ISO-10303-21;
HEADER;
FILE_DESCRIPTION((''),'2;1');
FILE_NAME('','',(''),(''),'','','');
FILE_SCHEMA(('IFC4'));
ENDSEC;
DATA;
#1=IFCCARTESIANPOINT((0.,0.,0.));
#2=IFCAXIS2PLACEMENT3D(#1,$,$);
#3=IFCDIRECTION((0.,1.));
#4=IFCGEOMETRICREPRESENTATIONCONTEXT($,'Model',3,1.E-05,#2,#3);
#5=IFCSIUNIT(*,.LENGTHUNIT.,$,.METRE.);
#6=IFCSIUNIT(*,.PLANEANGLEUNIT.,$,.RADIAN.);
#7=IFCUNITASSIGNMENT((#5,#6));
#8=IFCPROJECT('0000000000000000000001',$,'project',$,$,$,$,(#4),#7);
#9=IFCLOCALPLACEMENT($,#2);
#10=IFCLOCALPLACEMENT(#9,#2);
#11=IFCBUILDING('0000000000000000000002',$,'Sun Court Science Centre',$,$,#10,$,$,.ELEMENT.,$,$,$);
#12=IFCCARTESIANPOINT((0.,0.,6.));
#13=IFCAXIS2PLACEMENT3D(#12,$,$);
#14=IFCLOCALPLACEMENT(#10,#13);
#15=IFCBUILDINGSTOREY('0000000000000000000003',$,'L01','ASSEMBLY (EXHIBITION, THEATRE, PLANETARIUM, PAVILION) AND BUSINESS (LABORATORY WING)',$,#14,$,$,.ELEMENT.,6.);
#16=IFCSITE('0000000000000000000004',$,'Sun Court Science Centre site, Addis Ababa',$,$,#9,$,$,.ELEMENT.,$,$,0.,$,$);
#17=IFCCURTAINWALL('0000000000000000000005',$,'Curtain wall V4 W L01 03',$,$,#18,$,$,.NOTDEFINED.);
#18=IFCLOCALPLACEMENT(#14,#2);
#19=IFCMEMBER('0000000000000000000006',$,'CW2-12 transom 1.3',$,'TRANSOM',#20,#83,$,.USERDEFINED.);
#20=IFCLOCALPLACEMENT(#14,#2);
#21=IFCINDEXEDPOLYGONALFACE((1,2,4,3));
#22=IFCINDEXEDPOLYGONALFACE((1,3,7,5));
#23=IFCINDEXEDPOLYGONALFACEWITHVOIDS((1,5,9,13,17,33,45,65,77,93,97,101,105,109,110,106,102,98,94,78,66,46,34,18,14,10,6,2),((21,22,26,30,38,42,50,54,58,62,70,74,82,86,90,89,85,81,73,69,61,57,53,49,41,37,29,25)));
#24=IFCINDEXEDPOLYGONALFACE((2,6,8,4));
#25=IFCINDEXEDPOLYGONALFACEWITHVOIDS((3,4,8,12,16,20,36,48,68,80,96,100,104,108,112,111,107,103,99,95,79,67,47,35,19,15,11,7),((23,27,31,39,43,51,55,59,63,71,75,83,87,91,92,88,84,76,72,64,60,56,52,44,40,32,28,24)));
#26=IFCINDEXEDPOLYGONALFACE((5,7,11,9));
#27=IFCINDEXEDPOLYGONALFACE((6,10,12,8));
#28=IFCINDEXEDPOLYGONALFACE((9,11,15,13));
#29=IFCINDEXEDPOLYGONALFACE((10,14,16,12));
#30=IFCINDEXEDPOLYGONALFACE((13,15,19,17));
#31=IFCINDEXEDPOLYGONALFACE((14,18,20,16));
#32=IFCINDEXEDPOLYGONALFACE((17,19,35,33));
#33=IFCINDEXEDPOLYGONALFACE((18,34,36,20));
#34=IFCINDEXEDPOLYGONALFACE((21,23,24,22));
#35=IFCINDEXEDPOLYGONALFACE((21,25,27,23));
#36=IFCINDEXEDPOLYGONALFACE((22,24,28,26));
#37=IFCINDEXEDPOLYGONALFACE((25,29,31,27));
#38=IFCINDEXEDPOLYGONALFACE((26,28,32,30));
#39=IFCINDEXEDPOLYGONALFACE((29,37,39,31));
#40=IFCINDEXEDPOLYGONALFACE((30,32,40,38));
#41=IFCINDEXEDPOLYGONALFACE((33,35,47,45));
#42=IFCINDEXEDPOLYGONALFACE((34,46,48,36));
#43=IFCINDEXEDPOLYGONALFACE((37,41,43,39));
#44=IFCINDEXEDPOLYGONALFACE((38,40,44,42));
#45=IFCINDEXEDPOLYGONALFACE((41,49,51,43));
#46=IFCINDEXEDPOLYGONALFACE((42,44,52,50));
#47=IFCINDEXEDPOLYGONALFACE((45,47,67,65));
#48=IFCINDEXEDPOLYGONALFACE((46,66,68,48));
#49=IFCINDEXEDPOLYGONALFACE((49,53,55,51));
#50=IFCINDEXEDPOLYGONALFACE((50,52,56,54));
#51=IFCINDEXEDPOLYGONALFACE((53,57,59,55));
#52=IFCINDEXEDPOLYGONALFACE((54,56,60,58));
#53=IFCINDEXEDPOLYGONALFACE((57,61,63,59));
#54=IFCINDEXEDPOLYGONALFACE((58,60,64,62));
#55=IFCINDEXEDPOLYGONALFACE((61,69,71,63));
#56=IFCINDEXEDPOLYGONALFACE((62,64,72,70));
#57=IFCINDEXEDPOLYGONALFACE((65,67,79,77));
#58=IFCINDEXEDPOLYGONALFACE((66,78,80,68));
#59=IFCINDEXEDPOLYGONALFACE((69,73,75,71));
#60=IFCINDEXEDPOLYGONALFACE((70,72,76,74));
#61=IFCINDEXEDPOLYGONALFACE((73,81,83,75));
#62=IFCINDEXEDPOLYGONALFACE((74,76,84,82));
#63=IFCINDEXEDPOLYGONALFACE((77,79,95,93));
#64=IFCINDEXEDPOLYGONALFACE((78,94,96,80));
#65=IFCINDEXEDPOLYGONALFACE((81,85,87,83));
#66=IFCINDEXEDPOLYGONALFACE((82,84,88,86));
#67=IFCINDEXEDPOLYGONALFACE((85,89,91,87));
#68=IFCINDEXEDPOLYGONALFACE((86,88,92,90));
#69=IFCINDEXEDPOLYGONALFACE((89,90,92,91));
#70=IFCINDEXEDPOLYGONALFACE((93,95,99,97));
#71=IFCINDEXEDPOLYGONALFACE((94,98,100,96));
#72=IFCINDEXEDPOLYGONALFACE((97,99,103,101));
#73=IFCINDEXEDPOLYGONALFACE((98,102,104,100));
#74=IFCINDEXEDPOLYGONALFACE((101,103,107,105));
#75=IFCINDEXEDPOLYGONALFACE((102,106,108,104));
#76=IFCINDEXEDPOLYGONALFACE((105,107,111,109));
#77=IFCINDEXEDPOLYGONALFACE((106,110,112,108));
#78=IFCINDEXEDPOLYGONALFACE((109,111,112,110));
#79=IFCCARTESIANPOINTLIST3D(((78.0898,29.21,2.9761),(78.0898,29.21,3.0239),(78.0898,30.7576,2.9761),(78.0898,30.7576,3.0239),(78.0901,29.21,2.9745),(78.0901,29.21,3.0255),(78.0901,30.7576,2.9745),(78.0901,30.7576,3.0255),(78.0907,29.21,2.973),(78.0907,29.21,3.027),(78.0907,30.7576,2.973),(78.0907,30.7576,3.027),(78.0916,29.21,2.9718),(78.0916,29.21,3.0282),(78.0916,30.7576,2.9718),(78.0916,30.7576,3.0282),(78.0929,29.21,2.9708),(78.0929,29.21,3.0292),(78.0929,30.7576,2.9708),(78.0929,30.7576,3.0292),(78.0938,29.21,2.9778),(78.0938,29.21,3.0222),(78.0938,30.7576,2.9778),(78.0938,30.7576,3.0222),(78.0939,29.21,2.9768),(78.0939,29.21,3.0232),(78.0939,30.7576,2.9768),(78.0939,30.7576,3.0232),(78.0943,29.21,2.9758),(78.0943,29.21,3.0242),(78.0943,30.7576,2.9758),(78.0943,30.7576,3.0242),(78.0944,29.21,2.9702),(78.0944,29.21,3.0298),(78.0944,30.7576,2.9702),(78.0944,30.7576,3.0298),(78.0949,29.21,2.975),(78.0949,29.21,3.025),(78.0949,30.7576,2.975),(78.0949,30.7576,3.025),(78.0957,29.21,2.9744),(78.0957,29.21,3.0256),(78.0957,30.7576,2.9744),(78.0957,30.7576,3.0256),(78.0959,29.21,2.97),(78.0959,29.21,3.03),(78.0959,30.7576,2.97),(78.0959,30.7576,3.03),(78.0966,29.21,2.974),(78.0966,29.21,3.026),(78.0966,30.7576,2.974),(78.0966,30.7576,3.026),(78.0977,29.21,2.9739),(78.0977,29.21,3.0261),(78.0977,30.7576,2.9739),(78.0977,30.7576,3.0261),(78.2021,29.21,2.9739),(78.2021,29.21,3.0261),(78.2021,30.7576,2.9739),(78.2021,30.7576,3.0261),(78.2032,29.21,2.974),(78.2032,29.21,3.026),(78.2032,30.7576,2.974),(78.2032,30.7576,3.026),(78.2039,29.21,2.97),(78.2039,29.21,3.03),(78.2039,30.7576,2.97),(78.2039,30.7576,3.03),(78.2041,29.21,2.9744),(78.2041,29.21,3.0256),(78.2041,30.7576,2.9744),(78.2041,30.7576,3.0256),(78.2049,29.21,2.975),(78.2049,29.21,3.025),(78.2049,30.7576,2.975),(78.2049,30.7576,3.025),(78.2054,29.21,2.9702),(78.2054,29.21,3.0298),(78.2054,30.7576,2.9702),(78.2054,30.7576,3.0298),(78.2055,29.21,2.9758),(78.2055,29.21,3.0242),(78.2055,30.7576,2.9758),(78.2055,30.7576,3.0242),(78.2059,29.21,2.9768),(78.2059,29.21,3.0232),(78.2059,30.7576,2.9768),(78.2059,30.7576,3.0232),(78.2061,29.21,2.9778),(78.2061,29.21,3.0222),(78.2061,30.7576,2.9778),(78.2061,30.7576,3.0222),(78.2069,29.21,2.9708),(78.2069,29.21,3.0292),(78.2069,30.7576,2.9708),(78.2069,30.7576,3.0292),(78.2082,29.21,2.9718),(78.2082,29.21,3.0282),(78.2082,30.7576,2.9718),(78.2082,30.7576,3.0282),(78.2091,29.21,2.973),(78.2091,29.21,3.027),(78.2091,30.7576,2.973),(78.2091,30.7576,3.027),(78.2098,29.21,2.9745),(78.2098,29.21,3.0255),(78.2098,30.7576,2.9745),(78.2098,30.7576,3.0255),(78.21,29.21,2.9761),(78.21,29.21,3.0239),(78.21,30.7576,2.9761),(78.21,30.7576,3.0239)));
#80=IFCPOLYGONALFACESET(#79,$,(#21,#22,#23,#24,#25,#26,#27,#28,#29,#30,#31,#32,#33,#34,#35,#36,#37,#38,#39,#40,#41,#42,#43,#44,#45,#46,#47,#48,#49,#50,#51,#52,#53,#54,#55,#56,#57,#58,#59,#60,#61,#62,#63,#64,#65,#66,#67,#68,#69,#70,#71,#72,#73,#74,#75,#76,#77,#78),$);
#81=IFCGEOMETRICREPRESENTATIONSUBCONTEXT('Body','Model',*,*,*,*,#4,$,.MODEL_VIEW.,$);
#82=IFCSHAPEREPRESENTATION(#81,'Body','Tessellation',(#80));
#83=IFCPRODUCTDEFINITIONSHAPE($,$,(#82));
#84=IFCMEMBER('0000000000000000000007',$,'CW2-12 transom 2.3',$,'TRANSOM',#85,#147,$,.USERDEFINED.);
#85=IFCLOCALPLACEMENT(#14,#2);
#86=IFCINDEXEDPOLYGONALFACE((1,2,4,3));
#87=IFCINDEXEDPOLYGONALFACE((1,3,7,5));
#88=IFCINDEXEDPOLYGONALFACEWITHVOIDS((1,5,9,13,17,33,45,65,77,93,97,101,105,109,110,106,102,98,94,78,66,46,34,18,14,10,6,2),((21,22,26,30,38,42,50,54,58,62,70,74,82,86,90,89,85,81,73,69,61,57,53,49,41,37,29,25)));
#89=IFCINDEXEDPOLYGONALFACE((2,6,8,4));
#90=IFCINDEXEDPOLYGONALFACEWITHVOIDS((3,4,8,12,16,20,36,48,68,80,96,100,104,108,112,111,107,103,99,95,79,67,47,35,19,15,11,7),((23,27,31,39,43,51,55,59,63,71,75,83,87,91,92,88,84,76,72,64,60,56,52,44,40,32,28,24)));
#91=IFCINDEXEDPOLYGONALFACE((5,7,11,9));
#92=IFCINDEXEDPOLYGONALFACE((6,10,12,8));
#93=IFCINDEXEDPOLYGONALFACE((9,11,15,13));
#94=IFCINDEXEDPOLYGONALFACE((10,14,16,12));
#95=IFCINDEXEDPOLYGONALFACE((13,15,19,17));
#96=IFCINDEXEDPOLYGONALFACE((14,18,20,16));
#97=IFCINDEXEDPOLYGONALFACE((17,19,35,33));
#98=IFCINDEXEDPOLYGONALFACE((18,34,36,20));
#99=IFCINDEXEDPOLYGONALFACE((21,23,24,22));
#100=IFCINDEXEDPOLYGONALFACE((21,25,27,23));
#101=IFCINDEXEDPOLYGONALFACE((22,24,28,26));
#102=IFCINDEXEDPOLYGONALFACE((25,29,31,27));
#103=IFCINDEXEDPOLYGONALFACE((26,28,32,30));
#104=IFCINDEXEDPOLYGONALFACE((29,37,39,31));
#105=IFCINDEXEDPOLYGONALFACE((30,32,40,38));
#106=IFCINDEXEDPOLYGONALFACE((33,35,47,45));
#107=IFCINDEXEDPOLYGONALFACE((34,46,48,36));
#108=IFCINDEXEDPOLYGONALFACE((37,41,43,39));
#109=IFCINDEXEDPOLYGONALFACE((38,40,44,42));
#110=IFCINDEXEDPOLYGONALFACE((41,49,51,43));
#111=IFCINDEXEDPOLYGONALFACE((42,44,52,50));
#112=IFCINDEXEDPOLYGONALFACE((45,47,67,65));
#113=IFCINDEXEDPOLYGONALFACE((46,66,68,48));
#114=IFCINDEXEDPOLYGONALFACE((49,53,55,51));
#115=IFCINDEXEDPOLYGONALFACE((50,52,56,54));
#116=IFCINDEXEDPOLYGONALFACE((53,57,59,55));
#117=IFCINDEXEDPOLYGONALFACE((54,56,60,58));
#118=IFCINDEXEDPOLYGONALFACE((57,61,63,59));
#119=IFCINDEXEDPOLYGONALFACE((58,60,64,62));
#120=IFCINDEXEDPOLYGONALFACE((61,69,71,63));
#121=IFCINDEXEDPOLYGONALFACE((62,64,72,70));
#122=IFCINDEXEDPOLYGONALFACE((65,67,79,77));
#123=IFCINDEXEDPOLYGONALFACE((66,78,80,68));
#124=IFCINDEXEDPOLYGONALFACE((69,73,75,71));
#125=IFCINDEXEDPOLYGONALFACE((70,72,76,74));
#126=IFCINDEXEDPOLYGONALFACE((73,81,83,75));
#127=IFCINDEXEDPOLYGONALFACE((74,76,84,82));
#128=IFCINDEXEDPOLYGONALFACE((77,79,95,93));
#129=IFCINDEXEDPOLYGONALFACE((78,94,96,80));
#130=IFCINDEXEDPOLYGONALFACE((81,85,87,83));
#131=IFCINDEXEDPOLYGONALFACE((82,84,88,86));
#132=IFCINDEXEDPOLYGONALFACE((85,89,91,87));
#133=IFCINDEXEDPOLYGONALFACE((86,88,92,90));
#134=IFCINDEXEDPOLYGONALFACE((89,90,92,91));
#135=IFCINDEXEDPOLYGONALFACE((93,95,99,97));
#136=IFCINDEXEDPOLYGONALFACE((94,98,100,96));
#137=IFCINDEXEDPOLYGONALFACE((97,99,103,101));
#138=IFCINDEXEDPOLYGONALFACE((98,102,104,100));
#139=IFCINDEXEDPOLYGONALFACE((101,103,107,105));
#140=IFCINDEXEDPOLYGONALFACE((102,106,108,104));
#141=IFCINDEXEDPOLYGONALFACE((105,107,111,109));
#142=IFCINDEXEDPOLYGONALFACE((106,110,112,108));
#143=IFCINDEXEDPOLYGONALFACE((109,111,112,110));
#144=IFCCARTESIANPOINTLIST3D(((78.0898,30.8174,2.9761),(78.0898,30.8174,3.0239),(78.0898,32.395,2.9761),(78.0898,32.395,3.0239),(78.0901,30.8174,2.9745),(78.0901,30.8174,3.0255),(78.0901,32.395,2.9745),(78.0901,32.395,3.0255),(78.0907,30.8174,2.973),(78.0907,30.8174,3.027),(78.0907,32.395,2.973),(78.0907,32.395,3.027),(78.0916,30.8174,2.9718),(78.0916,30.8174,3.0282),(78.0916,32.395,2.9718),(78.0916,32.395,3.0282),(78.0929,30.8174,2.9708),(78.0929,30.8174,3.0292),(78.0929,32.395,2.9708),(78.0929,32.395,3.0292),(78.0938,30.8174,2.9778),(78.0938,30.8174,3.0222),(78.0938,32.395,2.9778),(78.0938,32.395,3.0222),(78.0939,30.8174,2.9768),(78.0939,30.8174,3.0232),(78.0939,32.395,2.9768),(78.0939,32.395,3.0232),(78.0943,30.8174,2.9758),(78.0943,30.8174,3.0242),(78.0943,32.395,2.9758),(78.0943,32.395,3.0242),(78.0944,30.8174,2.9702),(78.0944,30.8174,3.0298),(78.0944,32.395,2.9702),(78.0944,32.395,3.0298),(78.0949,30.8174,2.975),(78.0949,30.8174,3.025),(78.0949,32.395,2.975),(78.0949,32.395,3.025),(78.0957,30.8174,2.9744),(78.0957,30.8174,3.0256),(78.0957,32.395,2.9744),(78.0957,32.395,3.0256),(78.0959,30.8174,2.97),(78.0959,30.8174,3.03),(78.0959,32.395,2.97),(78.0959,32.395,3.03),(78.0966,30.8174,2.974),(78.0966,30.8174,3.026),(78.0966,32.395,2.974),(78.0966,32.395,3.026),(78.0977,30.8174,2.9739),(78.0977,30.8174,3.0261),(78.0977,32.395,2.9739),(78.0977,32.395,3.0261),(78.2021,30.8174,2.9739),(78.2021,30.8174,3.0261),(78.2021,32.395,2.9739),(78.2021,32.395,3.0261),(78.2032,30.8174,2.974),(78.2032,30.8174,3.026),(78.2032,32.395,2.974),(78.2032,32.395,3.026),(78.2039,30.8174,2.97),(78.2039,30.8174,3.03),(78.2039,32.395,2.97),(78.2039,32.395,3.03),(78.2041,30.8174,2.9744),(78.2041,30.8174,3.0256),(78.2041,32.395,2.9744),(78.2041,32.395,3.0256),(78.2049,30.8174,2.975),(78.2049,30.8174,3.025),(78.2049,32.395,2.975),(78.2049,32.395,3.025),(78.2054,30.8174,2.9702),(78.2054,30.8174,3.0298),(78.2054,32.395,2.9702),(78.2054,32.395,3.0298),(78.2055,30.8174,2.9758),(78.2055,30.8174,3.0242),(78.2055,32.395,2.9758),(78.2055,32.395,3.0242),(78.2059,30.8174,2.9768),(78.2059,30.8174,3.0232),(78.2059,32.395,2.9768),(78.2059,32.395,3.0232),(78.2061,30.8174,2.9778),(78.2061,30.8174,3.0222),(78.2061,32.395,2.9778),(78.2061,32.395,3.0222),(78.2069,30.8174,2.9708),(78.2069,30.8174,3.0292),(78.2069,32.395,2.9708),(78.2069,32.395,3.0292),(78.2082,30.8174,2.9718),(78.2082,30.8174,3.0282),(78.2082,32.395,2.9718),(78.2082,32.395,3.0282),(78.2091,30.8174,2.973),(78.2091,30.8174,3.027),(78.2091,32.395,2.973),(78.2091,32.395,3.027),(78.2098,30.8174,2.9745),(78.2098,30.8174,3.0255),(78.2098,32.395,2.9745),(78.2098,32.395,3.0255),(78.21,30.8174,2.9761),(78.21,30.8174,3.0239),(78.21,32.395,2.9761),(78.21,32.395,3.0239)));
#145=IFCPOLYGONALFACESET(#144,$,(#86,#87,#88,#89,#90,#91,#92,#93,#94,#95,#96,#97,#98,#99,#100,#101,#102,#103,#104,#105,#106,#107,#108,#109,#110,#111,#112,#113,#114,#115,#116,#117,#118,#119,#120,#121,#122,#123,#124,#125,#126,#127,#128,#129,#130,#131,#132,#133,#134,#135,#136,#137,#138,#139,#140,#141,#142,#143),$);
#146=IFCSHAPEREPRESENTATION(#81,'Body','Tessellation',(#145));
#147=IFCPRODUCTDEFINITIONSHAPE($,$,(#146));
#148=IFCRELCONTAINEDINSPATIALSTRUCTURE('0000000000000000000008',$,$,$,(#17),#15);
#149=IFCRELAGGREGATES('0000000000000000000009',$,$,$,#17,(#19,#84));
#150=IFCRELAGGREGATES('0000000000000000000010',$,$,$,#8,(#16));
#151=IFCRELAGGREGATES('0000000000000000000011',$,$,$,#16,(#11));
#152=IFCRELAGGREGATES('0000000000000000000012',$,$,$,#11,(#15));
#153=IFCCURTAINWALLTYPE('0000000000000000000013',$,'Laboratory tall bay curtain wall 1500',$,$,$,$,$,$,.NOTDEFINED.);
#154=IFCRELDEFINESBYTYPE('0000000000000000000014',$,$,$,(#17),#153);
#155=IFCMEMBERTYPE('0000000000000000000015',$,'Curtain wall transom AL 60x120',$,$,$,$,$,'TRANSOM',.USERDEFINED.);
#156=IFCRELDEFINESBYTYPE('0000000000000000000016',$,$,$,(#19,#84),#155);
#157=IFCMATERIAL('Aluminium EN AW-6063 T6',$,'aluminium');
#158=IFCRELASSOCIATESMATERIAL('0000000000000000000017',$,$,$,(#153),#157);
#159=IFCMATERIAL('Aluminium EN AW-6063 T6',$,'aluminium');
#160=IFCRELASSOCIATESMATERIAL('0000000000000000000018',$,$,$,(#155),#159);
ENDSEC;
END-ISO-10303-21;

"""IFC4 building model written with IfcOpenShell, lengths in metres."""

from ifc_helpers import new_model, si_unit, direction, frame, origin, origin_2d, place, context, subcontext, project, spatial, hollow_rectangle, extrude, material, material_profile, profile_set, type_object, element, aggregate, save


model = new_model("IFC4")

# Units and contexts
model_context = context("Model", 3, precision=1e-05, world=origin(), true_north=direction((0.0, 1.0)))
body_context = subcontext(model_context, "Body", "Model", "MODEL_VIEW")
ifc_project = project(units=[si_unit("LENGTHUNIT", "METRE"), si_unit("PLANEANGLEUNIT", "RADIAN")], contexts=[model_context])

# Site, building, storey
site_placement = place(None, origin())
site = spatial("IfcSite", under=ifc_project, at=site_placement, Name="Sun Court Science Centre site, Addis Ababa", CompositionType="ELEMENT", RefElevation=0.0)
building_placement = place(site_placement, origin())
building = spatial("IfcBuilding", under=site, at=building_placement, Name="Sun Court Science Centre", CompositionType="ELEMENT")
storey_placement = place(building_placement, frame((0.0, 0.0, 6.0)))
storey = spatial("IfcBuildingStorey", under=building, at=storey_placement, Name="L01", Description="ASSEMBLY (EXHIBITION, THEATRE, PLANETARIUM, PAVILION) AND BUSINESS (LABORATORY WING)", CompositionType="ELEMENT", Elevation=6.0)

# Curtain wall
ifc_material_1 = material(Name="Aluminium EN AW-6063 T6", Category="aluminium")
curtain_wall_type = type_object("IfcCurtainWallType", Name="Laboratory tall bay curtain wall 1500", PredefinedType="NOTDEFINED", material=ifc_material_1)
curtain_wall_1_placement = place(storey_placement, origin())
curtain_wall_1 = element("IfcCurtainWall", 1, at=curtain_wall_1_placement, inside=storey, type_object=curtain_wall_type, Name="Curtain wall V4 W L01 03", PredefinedType="NOTDEFINED")

# Members
ifc_material_2 = material(Name="Aluminium EN AW-6063 T6", Category="aluminium")
ifc_material_profile_1 = material_profile(ifc_material_2, hollow_rectangle(XDim=0.0601, YDim=0.1201, WallThickness=0.0039, InnerFilletRadius=0.0039, OuterFilletRadius=0.0061, at=origin_2d()), Name="AL 60x120x4")
ifc_profile_set_1 = profile_set([ifc_material_profile_1], Name="Aluminium EN AW-6063 T6")
member_type_1 = type_object("IfcMemberType", Name="Curtain wall transom AL 60x120", ElementType="TRANSOM", PredefinedType="USERDEFINED", material=ifc_profile_set_1)
member_1_placement = place(storey_placement, frame((78.1499, 29.21, 3.0), z_axis=(0.0, 1.0, 0.0), x_axis=(0.0, 0.0, 1.0)))
member_1 = element("IfcMember", 2, at=member_1_placement, type_object=member_type_1, Name="CW2-12 transom 1.3", ObjectType="TRANSOM", PredefinedType="USERDEFINED", context=body_context, shape_type="SweptSolid", body=[
    extrude(hollow_rectangle(XDim=0.0601, YDim=0.1201, WallThickness=0.0039, InnerFilletRadius=0.0039, OuterFilletRadius=0.0061, at=origin_2d()), origin(), (0.0, 0.0, 1.0), 1.5476),
])
member_2_placement = place(storey_placement, frame((78.1499, 30.8174, 3.0), z_axis=(0.0, 1.0, 0.0), x_axis=(0.0, 0.0, 1.0)))
member_2 = element("IfcMember", 3, at=member_2_placement, type_object=member_type_1, Name="CW2-12 transom 2.3", ObjectType="TRANSOM", PredefinedType="USERDEFINED", context=body_context, shape_type="SweptSolid", body=[
    extrude(hollow_rectangle(XDim=0.0601, YDim=0.1201, WallThickness=0.0039, InnerFilletRadius=0.0039, OuterFilletRadius=0.0061, at=origin_2d()), origin(), (0.0, 0.0, 1.0), 1.5776),
])

aggregate(curtain_wall_1, [member_1, member_2])

save(model, "model.ifc")
